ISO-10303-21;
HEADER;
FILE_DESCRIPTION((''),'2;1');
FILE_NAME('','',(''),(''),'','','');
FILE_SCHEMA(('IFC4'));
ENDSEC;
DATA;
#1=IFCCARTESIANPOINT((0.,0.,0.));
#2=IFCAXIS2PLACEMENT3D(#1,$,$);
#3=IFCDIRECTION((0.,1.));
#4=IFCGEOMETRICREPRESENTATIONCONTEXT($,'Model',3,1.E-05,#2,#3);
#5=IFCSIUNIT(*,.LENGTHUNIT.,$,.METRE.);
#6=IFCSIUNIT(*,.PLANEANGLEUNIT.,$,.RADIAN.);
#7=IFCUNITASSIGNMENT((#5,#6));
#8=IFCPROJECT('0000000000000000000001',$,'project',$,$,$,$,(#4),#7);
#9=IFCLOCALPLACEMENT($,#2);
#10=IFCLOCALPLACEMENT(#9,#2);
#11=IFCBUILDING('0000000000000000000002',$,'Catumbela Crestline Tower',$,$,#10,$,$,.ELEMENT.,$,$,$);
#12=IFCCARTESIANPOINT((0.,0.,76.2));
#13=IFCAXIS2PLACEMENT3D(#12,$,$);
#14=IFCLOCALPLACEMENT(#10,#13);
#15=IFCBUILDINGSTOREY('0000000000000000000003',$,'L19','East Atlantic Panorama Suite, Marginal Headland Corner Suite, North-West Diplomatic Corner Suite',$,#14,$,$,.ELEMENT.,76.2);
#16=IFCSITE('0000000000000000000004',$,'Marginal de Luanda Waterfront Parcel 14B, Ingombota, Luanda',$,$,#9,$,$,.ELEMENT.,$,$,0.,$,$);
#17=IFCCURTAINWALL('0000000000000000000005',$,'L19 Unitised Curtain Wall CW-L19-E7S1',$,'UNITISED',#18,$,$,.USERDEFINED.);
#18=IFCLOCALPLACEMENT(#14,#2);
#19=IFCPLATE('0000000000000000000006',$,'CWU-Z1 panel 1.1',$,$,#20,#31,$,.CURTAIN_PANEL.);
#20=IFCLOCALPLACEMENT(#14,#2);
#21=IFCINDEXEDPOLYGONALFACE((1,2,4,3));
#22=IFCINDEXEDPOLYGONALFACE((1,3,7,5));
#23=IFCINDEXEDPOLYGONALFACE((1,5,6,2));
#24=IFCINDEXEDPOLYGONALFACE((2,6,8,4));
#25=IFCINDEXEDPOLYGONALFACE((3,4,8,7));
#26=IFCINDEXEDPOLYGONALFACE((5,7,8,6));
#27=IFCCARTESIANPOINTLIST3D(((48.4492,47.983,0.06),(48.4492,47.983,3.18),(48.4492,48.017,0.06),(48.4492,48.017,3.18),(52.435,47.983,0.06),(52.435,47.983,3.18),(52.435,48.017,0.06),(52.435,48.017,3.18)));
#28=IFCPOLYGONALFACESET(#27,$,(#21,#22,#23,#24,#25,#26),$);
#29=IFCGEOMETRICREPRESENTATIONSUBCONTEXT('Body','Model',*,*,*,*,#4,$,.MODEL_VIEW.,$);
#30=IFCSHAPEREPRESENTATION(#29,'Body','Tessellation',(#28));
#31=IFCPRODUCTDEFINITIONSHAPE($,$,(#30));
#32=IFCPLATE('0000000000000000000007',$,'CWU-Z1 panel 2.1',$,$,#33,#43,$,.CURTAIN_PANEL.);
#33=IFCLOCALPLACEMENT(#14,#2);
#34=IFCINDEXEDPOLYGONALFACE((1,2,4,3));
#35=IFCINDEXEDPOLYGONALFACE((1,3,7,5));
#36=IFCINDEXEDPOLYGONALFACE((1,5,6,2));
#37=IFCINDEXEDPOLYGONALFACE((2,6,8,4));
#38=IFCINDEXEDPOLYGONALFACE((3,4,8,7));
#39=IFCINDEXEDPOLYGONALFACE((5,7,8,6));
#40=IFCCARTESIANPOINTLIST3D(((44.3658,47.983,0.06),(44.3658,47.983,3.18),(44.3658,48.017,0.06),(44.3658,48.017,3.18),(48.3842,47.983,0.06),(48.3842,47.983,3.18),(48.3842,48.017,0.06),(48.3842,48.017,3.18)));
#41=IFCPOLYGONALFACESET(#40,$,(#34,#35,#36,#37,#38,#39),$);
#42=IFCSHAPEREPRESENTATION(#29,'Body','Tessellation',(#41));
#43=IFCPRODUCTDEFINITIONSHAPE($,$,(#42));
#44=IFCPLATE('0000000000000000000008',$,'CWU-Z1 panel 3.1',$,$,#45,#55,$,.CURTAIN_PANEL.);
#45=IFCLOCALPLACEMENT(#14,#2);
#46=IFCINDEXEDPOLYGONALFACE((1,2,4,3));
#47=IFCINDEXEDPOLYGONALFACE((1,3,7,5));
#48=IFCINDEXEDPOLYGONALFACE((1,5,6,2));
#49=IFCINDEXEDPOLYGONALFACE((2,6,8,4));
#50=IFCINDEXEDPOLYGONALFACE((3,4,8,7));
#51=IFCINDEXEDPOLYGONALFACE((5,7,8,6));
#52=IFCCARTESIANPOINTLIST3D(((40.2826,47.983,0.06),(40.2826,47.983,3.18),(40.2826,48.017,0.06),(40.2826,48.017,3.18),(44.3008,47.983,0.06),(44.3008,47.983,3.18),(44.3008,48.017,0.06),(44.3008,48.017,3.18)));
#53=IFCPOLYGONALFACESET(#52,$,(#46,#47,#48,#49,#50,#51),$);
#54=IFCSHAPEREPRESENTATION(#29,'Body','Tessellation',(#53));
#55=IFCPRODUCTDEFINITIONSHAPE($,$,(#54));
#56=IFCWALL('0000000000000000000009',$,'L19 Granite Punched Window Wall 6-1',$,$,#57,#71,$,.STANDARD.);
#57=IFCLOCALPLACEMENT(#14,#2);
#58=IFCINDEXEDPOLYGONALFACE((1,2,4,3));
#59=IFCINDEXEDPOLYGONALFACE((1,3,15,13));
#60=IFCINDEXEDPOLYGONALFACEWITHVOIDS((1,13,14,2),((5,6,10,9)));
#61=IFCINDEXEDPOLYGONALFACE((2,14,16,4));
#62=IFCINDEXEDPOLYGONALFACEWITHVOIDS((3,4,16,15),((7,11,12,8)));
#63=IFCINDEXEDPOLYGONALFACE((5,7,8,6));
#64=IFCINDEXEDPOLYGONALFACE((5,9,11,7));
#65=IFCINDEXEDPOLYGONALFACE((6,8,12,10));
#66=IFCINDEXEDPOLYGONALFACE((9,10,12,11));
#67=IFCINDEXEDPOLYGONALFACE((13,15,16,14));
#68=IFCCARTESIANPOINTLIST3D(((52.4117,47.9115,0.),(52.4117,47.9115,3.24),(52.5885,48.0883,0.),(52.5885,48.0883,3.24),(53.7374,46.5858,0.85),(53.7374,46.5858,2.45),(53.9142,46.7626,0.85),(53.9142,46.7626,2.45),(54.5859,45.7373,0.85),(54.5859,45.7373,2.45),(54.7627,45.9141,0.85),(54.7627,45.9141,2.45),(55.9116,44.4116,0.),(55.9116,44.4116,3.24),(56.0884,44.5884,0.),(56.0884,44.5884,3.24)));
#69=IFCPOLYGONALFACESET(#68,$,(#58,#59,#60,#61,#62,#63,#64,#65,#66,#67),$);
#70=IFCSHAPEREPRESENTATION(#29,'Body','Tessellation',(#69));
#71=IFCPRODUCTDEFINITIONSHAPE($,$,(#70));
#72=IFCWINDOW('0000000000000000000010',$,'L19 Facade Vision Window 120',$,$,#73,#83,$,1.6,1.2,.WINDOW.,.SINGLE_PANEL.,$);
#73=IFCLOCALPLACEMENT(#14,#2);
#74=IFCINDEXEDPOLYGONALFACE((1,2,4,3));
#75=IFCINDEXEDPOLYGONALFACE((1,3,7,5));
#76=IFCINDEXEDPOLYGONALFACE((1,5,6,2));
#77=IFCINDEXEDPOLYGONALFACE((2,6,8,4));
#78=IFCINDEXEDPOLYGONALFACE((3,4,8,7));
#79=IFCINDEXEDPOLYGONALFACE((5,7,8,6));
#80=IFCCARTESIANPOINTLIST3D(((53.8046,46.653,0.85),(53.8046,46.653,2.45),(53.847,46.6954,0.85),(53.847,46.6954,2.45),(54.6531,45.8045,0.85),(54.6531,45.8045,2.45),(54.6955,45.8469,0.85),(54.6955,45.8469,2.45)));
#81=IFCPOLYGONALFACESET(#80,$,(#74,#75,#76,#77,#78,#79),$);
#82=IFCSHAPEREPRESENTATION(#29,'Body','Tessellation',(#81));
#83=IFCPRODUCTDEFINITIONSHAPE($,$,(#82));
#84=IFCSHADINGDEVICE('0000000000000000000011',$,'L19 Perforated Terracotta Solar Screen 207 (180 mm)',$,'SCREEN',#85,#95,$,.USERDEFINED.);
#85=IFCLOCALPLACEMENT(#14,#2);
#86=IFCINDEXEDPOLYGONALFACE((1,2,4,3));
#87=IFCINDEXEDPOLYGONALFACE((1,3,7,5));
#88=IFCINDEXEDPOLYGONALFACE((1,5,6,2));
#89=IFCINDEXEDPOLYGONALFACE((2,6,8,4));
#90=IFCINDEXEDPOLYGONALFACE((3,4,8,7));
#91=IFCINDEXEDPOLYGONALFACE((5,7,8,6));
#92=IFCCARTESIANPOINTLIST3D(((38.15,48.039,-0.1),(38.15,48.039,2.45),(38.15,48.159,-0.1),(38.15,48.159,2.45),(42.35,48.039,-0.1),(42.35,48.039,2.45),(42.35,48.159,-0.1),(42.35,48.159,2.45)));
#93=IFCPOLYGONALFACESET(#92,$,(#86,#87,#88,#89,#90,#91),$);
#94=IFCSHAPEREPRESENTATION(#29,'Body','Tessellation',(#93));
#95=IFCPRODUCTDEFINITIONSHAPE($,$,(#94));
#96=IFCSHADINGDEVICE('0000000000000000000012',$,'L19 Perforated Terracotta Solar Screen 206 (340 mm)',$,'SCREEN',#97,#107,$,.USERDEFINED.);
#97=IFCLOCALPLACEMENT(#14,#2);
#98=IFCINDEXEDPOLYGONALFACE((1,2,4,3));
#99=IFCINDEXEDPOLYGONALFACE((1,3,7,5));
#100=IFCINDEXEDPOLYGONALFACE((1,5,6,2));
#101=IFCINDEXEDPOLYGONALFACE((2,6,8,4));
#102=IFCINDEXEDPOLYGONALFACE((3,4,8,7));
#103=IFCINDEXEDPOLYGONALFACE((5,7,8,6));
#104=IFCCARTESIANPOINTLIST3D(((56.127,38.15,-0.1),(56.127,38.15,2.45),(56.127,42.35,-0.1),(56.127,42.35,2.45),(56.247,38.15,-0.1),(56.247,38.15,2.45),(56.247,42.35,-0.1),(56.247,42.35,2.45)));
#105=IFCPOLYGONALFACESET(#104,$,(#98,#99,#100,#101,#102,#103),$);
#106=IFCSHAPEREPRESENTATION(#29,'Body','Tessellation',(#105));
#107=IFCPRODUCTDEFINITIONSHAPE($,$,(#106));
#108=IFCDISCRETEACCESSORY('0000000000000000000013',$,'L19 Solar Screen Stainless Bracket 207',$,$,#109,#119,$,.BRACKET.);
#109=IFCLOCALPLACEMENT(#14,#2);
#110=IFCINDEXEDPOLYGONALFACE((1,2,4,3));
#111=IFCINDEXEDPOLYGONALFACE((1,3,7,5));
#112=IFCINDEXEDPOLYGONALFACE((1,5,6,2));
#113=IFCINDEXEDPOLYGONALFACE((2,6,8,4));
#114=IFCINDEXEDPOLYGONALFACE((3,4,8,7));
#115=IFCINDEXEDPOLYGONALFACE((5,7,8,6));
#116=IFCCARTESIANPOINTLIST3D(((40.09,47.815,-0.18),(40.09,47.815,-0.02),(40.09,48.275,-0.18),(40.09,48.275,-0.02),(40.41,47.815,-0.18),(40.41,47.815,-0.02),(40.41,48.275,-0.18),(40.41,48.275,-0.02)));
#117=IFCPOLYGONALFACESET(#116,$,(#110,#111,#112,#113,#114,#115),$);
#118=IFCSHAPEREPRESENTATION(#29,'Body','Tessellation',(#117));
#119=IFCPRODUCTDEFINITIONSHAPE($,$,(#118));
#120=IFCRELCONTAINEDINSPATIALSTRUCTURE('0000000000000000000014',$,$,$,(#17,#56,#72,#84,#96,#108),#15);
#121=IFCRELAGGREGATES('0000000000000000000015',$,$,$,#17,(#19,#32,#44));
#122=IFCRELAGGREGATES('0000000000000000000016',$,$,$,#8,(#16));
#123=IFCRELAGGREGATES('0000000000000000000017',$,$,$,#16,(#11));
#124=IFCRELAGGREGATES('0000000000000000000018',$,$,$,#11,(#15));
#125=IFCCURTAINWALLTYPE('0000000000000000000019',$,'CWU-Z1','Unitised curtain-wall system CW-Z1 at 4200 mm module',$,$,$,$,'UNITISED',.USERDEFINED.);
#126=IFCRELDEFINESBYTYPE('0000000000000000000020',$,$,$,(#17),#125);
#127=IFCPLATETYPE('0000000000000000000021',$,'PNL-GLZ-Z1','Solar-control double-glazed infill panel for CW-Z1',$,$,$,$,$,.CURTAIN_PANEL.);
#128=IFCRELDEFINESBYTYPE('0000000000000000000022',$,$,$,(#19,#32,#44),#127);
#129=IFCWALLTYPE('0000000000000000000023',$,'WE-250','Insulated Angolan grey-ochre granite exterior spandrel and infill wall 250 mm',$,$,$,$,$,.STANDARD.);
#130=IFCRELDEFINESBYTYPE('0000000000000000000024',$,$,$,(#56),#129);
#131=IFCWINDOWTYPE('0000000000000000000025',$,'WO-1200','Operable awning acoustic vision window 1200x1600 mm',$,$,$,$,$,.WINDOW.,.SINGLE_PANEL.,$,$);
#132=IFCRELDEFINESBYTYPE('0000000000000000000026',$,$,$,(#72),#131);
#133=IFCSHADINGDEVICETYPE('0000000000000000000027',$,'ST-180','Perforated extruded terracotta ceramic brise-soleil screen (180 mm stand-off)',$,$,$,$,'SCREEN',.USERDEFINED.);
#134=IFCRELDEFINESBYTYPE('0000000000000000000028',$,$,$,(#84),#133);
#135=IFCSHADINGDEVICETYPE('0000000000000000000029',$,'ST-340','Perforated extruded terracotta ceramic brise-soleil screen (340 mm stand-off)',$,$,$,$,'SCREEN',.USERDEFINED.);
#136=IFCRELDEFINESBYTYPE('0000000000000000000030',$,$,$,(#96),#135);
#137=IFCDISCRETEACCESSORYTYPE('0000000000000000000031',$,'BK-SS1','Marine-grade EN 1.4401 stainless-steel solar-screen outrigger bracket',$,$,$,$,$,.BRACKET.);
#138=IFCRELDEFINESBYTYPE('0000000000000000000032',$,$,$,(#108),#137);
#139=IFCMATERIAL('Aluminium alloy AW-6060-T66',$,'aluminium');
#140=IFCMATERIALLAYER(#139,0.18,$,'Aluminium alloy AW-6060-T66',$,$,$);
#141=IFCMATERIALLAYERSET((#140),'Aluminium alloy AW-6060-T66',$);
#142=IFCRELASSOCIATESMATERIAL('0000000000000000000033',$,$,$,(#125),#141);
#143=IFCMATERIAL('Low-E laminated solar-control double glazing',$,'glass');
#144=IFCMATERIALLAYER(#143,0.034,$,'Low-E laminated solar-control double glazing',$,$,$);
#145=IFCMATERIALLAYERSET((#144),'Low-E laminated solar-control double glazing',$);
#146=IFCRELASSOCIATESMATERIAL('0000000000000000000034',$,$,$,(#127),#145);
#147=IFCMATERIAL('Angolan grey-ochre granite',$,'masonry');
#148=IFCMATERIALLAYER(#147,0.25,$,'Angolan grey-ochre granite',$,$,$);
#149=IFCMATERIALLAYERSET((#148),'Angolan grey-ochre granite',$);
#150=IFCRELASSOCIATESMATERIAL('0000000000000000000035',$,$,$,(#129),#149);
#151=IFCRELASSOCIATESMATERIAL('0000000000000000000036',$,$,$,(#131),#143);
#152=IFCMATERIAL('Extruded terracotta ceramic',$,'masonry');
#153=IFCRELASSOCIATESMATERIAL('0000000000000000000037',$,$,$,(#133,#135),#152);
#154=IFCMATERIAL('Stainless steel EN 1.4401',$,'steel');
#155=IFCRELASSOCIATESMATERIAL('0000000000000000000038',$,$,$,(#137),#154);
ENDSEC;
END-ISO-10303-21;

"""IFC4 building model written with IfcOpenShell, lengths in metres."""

from ifc_helpers import new_model, si_unit, direction, frame, frame_2d, origin, origin_2d, place, context, subcontext, project, spatial, rectangle, extrude, material, layer, layer_set, type_object, element, fill, aggregate, save


model = new_model("IFC4")

# Units and contexts
model_context = context("Model", 3, precision=1e-05, world=origin(), true_north=direction((0.0, 1.0)))
body_context = subcontext(model_context, "Body", "Model", "MODEL_VIEW")
ifc_project = project(units=[si_unit("LENGTHUNIT", "METRE"), si_unit("PLANEANGLEUNIT", "RADIAN")], contexts=[model_context])

# Site, building, storey
site_placement = place(None, origin())
site = spatial("IfcSite", under=ifc_project, at=site_placement, Name="Marginal de Luanda Waterfront Parcel 14B, Ingombota, Luanda", CompositionType="ELEMENT", RefElevation=0.0)
building_placement = place(site_placement, origin())
building = spatial("IfcBuilding", under=site, at=building_placement, Name="Catumbela Crestline Tower", CompositionType="ELEMENT")
storey_placement = place(building_placement, frame((0.0, 0.0, 76.2)))
storey = spatial("IfcBuildingStorey", under=building, at=storey_placement, Name="L19", Description="East Atlantic Panorama Suite, Marginal Headland Corner Suite, North-West Diplomatic Corner Suite", CompositionType="ELEMENT", Elevation=76.2)

# Shared definitions
ifc_material_1 = material(Name="Aluminium alloy AW-6060-T66", Category="aluminium")
ifc_layer_1 = layer(ifc_material_1, 0.18, Name="Aluminium alloy AW-6060-T66")
ifc_layer_set_1 = layer_set([ifc_layer_1], Name="Aluminium alloy AW-6060-T66")
curtain_wall_type = type_object("IfcCurtainWallType", Name="CWU-Z1", Description="Unitised curtain-wall system CW-Z1 at 4200 mm module", ElementType="UNITISED", PredefinedType="USERDEFINED", material=ifc_layer_set_1)

# Curtain wall
curtain_wall_1_placement = place(storey_placement, origin())
curtain_wall_1 = element("IfcCurtainWall", 1, at=curtain_wall_1_placement, inside=storey, type_object=curtain_wall_type, Name="L19 Unitised Curtain Wall CW-L19-E7S1", ObjectType="UNITISED", PredefinedType="USERDEFINED")

# Plates
ifc_material_2 = material(Name="Low-E laminated solar-control double glazing", Category="glass")
ifc_layer_2 = layer(ifc_material_2, 0.034, Name="Low-E laminated solar-control double glazing")
ifc_layer_set_2 = layer_set([ifc_layer_2], Name="Low-E laminated solar-control double glazing")
plate_type = type_object("IfcPlateType", Name="PNL-GLZ-Z1", Description="Solar-control double-glazed infill panel for CW-Z1", PredefinedType="CURTAIN_PANEL", material=ifc_layer_set_2)
plate_1_placement = place(storey_placement, frame((50.4421, 48.0, 0.06), z_axis=(0.0, 0.0, 1.0), x_axis=(-1.0, 0.0, 0.0)))
plate_1 = element("IfcPlate", 2, at=plate_1_placement, type_object=plate_type, Name="CWU-Z1 panel 1.1", PredefinedType="CURTAIN_PANEL", context=body_context, shape_type="SweptSolid", body=[
    extrude(rectangle(XDim=3.9858, YDim=0.034, at=origin_2d()), origin(), (0.0, 0.0, 1.0), 3.12),
])
plate_2_placement = place(storey_placement, frame((46.375, 48.0, 0.06), z_axis=(0.0, 0.0, 1.0), x_axis=(-1.0, 0.0, 0.0)))
plate_2 = element("IfcPlate", 3, at=plate_2_placement, type_object=plate_type, Name="CWU-Z1 panel 2.1", PredefinedType="CURTAIN_PANEL", context=body_context, shape_type="SweptSolid", body=[
    extrude(rectangle(XDim=4.0183, YDim=0.034, at=origin_2d()), origin(), (0.0, 0.0, 1.0), 3.12),
])
plate_3_placement = place(storey_placement, frame((42.2917, 48.0, 0.06), z_axis=(0.0, 0.0, 1.0), x_axis=(-1.0, 0.0, 0.0)))
plate_3 = element("IfcPlate", 4, at=plate_3_placement, type_object=plate_type, Name="CWU-Z1 panel 3.1", PredefinedType="CURTAIN_PANEL", context=body_context, shape_type="SweptSolid", body=[
    extrude(rectangle(XDim=4.0183, YDim=0.034, at=origin_2d()), origin(), (0.0, 0.0, 1.0), 3.12),
])
aggregate(curtain_wall_1, [plate_1, plate_2, plate_3])

# Wall, opening, window
ifc_material_3 = material(Name="Angolan grey-ochre granite", Category="masonry")
ifc_layer_3 = layer(ifc_material_3, 0.25, Name="Angolan grey-ochre granite")
ifc_layer_set_3 = layer_set([ifc_layer_3], Name="Angolan grey-ochre granite")
wall_type = type_object("IfcWallType", Name="WE-250", Description="Insulated Angolan grey-ochre granite exterior spandrel and infill wall 250 mm", PredefinedType="STANDARD", material=ifc_layer_set_3)
wall_placement = place(storey_placement, frame((56.0, 44.5, 0.0), z_axis=(0.0, 0.0, 1.0), x_axis=(-0.707107, 0.707107, 0.0)))
wall = element("IfcWall", 5, at=wall_placement, inside=storey, type_object=wall_type, Name="L19 Granite Punched Window Wall 6-1", PredefinedType="STANDARD", context=body_context, shape_type="SweptSolid", body=[
    extrude(rectangle(XDim=4.9497, YDim=0.25, at=frame_2d((2.4748, 0.0))), origin(), (0.0, 0.0, 1.0), 3.24),
])
opening_placement = place(wall_placement, frame((1.8748, 0.0, 0.85)))
opening = element("IfcOpeningElement", 6, at=opening_placement, cuts=wall, PredefinedType="OPENING", context=body_context, shape_type="SweptSolid", body=[
    extrude(rectangle(XDim=1.2, YDim=1.6, at=frame_2d((0.6, 0.8))), frame((0.0, 0.135, 0.0), z_axis=(0.0, -1.0, 0.0), x_axis=(1.0, 0.0, 0.0)), (0.0, 0.0, 1.0), 0.27),
])
window_type = type_object("IfcWindowType", Name="WO-1200", Description="Operable awning acoustic vision window 1200x1600 mm", PartitioningType="SINGLE_PANEL", PredefinedType="WINDOW", material=ifc_material_2)
window_placement = place(opening_placement, origin())
window = element("IfcWindow", 7, at=window_placement, inside=storey, type_object=window_type, Name="L19 Facade Vision Window 120", OverallHeight=1.6, OverallWidth=1.2, PartitioningType="SINGLE_PANEL", PredefinedType="WINDOW", context=body_context, shape_type="SweptSolid", body=[
    extrude(rectangle(XDim=1.2, YDim=1.6, at=frame_2d((0.6, 0.8))), frame((0.0, 0.03, 0.0), z_axis=(0.0, -1.0, 0.0), x_axis=(1.0, 0.0, 0.0)), (0.0, 0.0, 1.0), 0.06),
])
fill(opening, window)

# Shading devices
ifc_material_4 = material(Name="Extruded terracotta ceramic", Category="masonry")
shading_device_type_1 = type_object("IfcShadingDeviceType", Name="ST-180", Description="Perforated extruded terracotta ceramic brise-soleil screen (180 mm stand-off)", ElementType="SCREEN", PredefinedType="USERDEFINED", material=ifc_material_4)
shading_device_1_placement = place(storey_placement, frame((40.25, 48.099, -0.1), z_axis=(0.0, 0.0, 1.0), x_axis=(-1.0, 0.0, 0.0)))
element("IfcShadingDevice", 8, at=shading_device_1_placement, inside=storey, type_object=shading_device_type_1, Name="L19 Perforated Terracotta Solar Screen 207 (180 mm)", ObjectType="SCREEN", PredefinedType="USERDEFINED", context=body_context, shape_type="SweptSolid", body=[
    extrude(rectangle(XDim=4.2, YDim=0.12, at=origin_2d()), origin(), (0.0, 0.0, 1.0), 2.55),
])
shading_device_type_2 = type_object("IfcShadingDeviceType", Name="ST-340", Description="Perforated extruded terracotta ceramic brise-soleil screen (340 mm stand-off)", ElementType="SCREEN", PredefinedType="USERDEFINED", material=ifc_material_4)
shading_device_2_placement = place(storey_placement, frame((56.187, 40.25, -0.1), z_axis=(0.0, 0.0, 1.0), x_axis=(0.0, 1.0, 0.0)))
element("IfcShadingDevice", 9, at=shading_device_2_placement, inside=storey, type_object=shading_device_type_2, Name="L19 Perforated Terracotta Solar Screen 206 (340 mm)", ObjectType="SCREEN", PredefinedType="USERDEFINED", context=body_context, shape_type="SweptSolid", body=[
    extrude(rectangle(XDim=4.2, YDim=0.12, at=origin_2d()), origin(), (0.0, 0.0, 1.0), 2.55),
])

# Discrete accessory
ifc_material_5 = material(Name="Stainless steel EN 1.4401", Category="steel")
discrete_accessory_type = type_object("IfcDiscreteAccessoryType", Name="BK-SS1", Description="Marine-grade EN 1.4401 stainless-steel solar-screen outrigger bracket", PredefinedType="BRACKET", material=ifc_material_5)
discrete_accessory_placement = place(storey_placement, frame((40.25, 48.045, -0.18), z_axis=(0.0, 0.0, 1.0), x_axis=(-1.0, 0.0, 0.0)))
element("IfcDiscreteAccessory", 10, at=discrete_accessory_placement, inside=storey, type_object=discrete_accessory_type, Name="L19 Solar Screen Stainless Bracket 207", PredefinedType="BRACKET", context=body_context, shape_type="SweptSolid", body=[
    extrude(rectangle(XDim=0.32, YDim=0.46, at=origin_2d()), origin(), (0.0, 0.0, 1.0), 0.16),
])

save(model, "model.ifc")
